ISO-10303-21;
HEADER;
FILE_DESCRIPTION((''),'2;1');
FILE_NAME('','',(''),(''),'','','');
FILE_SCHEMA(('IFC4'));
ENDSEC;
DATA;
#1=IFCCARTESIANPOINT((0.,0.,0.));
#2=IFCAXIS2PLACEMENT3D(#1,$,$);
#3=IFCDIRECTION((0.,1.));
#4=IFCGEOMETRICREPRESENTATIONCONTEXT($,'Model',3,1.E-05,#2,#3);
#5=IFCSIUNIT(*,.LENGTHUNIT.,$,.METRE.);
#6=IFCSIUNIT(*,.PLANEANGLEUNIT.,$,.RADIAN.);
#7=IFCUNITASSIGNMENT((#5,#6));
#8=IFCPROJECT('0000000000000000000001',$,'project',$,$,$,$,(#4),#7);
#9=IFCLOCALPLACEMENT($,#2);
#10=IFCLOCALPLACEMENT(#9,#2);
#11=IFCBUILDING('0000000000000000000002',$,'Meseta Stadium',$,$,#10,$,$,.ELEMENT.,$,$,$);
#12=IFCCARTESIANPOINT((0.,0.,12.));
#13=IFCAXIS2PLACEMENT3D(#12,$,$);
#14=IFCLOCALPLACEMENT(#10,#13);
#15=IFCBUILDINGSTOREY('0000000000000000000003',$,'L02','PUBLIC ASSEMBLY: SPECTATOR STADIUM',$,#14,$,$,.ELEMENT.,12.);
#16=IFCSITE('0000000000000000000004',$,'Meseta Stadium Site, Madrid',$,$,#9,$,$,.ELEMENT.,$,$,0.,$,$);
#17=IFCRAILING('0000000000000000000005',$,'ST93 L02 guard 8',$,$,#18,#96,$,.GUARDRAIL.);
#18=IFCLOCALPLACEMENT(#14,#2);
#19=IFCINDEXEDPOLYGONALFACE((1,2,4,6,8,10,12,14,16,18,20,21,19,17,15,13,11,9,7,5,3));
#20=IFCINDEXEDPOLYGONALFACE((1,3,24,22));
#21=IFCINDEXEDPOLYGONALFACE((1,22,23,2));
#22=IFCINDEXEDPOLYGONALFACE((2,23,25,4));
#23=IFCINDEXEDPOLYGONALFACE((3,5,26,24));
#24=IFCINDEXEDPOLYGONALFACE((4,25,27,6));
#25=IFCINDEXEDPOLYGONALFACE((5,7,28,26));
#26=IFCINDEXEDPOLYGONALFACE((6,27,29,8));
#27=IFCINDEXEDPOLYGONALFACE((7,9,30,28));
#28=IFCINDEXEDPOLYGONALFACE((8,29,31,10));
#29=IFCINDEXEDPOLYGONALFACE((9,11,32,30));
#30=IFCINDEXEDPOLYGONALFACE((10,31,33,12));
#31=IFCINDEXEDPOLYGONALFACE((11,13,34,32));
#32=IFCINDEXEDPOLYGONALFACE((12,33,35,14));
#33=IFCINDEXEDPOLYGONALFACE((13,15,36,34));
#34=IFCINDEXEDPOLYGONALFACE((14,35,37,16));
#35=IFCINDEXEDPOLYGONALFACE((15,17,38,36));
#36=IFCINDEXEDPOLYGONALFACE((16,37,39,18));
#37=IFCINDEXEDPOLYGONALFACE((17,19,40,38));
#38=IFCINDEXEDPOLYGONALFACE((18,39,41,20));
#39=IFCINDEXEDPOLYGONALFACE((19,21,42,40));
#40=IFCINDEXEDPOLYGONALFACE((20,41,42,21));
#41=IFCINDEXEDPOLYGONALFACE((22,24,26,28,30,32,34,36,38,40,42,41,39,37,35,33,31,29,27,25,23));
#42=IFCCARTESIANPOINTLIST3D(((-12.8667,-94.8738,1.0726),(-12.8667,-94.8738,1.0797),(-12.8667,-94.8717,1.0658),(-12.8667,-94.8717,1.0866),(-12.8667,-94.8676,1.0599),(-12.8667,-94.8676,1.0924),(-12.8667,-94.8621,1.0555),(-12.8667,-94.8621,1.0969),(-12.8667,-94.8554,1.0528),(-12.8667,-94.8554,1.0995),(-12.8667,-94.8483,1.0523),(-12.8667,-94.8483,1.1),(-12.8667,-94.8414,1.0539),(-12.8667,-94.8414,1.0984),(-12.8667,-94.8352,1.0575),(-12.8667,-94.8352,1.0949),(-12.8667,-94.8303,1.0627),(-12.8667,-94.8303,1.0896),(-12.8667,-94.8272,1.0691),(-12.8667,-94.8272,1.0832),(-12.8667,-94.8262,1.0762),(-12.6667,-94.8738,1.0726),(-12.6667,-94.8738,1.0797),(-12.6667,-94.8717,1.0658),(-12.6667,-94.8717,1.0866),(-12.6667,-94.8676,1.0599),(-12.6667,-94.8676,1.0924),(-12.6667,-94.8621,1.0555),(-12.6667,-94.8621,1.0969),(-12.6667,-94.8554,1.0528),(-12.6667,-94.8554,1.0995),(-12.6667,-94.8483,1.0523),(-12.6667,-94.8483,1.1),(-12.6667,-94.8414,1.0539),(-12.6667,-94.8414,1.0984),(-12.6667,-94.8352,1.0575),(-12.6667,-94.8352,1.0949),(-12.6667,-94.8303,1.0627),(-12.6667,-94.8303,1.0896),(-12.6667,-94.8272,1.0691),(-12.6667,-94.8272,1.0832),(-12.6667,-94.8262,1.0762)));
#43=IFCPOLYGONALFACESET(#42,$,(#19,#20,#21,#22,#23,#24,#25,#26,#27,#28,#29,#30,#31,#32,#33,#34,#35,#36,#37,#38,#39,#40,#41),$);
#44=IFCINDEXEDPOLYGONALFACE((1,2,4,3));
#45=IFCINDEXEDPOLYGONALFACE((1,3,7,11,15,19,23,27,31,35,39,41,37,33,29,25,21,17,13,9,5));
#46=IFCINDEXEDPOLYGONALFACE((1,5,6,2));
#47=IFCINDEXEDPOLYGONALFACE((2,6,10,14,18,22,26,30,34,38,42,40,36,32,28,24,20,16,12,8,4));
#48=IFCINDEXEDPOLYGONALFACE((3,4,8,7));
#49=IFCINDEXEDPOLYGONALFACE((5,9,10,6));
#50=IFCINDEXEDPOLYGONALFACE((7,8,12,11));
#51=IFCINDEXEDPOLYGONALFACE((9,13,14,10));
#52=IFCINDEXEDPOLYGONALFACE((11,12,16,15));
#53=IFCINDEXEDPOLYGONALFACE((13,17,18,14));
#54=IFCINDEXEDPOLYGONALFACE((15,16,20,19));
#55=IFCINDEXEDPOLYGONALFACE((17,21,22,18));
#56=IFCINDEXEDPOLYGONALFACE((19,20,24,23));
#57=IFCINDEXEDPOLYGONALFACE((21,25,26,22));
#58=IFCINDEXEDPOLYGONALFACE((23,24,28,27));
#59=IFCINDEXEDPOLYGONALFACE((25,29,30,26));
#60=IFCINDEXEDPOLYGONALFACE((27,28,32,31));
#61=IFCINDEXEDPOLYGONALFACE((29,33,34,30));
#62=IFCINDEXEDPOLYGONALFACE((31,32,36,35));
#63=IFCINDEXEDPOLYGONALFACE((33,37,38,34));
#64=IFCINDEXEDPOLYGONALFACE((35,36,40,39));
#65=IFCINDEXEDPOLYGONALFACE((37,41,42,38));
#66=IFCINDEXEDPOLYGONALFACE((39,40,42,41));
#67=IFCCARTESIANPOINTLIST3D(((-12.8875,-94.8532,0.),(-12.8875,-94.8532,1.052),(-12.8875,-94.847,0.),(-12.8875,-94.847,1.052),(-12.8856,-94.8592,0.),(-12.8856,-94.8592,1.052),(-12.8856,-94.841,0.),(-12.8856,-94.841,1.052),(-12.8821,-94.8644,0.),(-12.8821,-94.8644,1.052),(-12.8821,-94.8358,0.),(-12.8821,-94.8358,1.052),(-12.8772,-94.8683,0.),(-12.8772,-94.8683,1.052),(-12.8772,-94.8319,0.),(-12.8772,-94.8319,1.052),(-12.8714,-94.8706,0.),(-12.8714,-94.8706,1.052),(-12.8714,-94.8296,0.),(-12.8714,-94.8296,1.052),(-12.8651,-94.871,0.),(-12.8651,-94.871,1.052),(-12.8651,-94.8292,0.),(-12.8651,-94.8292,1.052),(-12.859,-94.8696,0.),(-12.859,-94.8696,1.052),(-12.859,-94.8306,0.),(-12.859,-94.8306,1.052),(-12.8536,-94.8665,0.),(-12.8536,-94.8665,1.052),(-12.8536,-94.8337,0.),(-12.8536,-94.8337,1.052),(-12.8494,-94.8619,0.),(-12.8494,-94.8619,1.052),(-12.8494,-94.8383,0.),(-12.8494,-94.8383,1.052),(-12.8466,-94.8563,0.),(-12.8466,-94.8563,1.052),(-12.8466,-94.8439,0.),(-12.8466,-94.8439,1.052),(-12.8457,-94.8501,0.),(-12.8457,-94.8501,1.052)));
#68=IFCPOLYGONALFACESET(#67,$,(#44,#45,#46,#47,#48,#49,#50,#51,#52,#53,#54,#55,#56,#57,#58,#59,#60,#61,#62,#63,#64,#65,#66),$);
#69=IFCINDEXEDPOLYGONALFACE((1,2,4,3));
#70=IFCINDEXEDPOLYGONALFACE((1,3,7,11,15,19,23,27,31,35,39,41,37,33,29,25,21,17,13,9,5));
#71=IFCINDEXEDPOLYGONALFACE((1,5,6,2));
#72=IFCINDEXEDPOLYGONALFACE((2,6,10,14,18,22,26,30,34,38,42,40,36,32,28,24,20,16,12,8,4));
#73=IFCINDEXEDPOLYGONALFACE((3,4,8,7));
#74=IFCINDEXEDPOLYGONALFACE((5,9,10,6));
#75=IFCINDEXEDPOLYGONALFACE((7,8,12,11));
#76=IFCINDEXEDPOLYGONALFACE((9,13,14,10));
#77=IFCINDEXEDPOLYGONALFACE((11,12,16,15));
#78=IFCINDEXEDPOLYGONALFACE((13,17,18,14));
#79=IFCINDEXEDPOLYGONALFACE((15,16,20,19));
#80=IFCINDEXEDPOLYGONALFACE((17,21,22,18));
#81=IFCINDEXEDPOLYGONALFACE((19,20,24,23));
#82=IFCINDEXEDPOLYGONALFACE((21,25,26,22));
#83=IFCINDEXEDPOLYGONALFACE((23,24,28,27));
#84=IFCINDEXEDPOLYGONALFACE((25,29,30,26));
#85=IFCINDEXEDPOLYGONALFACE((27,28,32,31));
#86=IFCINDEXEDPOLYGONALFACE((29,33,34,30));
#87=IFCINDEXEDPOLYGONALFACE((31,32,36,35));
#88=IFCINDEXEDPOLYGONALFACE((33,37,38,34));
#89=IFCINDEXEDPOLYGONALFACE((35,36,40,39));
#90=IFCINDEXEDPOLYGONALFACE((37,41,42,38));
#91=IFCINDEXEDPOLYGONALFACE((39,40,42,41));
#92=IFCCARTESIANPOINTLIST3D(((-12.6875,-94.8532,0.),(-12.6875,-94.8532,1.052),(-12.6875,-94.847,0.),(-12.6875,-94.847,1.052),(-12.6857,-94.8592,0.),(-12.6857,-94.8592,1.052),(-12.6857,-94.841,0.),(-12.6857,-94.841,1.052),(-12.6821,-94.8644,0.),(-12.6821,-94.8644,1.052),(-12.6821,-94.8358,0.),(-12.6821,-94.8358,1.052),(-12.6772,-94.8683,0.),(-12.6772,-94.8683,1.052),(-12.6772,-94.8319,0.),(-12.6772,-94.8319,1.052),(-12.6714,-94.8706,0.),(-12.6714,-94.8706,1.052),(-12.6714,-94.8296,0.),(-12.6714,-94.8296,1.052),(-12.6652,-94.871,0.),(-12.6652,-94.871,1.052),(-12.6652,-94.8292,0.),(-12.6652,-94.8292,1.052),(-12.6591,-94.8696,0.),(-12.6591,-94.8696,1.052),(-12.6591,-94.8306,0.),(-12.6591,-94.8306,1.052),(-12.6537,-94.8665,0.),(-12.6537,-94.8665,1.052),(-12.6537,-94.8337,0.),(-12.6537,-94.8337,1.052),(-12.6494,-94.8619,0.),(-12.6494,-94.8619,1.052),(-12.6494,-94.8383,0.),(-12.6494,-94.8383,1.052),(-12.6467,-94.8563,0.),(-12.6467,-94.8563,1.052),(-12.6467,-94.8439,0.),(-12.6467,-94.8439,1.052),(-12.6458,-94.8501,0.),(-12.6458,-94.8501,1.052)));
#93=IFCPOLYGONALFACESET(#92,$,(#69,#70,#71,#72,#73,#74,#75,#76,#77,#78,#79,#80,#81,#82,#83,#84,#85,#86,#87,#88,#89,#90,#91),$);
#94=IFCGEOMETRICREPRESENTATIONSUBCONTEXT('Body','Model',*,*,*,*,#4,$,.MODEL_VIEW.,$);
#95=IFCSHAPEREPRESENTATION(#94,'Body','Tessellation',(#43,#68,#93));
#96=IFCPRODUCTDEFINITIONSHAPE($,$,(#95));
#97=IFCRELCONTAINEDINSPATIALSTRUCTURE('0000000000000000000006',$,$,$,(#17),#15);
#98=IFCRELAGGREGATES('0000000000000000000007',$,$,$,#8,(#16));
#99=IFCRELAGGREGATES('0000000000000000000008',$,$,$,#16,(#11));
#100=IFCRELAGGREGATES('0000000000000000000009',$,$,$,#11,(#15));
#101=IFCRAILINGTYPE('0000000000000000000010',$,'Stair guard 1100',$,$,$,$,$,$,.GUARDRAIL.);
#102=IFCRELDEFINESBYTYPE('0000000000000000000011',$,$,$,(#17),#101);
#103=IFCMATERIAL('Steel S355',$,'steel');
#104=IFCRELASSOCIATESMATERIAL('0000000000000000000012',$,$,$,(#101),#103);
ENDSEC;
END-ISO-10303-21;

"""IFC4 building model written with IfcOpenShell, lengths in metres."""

from ifc_helpers import new_model, si_unit, direction, frame, origin, origin_2d, place, context, subcontext, project, spatial, circle, extrude, material, type_object, element, save


model = new_model("IFC4")

# Units and contexts
model_context = context("Model", 3, precision=1e-05, world=origin(), true_north=direction((0.0, 1.0)))
body_context = subcontext(model_context, "Body", "Model", "MODEL_VIEW")
ifc_project = project(units=[si_unit("LENGTHUNIT", "METRE"), si_unit("PLANEANGLEUNIT", "RADIAN")], contexts=[model_context])

# Site, building, storey
site_placement = place(None, origin())
site = spatial("IfcSite", under=ifc_project, at=site_placement, Name="Meseta Stadium Site, Madrid", CompositionType="ELEMENT", RefElevation=0.0)
building_placement = place(site_placement, origin())
building = spatial("IfcBuilding", under=site, at=building_placement, Name="Meseta Stadium", CompositionType="ELEMENT")
storey_placement = place(building_placement, frame((0.0, 0.0, 12.0)))
storey = spatial("IfcBuildingStorey", under=building, at=storey_placement, Name="L02", Description="PUBLIC ASSEMBLY: SPECTATOR STADIUM", CompositionType="ELEMENT", Elevation=12.0)

# Railing
ifc_material_1 = material(Name="Steel S355", Category="steel")
railing_type_1 = type_object("IfcRailingType", Name="Stair guard 1100", PredefinedType="GUARDRAIL", material=ifc_material_1)
railing_1_placement = place(storey_placement, frame((-12.8667, -94.8501, 0.0)))
element("IfcRailing", 1, at=railing_1_placement, inside=storey, type_object=railing_type_1, Name="ST93 L02 guard 8", PredefinedType="GUARDRAIL", context=body_context, shape_type="SweptSolid", body=[
    extrude(circle(Radius=0.0239, at=origin_2d()), frame((0.0, 0.0, 1.0762), z_axis=(1.0, 0.0, 0.0), x_axis=(0.0, 1.0, 0.0)), (0.0, 0.0, 1.0), 0.2),
    extrude(circle(Radius=0.021, at=origin_2d()), origin(), (0.0, 0.0, 1.0), 1.052),
    extrude(circle(Radius=0.021, at=origin_2d()), frame((0.2, 0.0, 0.0)), (0.0, 0.0, 1.0), 1.052),
])

save(model, "model.ifc")
